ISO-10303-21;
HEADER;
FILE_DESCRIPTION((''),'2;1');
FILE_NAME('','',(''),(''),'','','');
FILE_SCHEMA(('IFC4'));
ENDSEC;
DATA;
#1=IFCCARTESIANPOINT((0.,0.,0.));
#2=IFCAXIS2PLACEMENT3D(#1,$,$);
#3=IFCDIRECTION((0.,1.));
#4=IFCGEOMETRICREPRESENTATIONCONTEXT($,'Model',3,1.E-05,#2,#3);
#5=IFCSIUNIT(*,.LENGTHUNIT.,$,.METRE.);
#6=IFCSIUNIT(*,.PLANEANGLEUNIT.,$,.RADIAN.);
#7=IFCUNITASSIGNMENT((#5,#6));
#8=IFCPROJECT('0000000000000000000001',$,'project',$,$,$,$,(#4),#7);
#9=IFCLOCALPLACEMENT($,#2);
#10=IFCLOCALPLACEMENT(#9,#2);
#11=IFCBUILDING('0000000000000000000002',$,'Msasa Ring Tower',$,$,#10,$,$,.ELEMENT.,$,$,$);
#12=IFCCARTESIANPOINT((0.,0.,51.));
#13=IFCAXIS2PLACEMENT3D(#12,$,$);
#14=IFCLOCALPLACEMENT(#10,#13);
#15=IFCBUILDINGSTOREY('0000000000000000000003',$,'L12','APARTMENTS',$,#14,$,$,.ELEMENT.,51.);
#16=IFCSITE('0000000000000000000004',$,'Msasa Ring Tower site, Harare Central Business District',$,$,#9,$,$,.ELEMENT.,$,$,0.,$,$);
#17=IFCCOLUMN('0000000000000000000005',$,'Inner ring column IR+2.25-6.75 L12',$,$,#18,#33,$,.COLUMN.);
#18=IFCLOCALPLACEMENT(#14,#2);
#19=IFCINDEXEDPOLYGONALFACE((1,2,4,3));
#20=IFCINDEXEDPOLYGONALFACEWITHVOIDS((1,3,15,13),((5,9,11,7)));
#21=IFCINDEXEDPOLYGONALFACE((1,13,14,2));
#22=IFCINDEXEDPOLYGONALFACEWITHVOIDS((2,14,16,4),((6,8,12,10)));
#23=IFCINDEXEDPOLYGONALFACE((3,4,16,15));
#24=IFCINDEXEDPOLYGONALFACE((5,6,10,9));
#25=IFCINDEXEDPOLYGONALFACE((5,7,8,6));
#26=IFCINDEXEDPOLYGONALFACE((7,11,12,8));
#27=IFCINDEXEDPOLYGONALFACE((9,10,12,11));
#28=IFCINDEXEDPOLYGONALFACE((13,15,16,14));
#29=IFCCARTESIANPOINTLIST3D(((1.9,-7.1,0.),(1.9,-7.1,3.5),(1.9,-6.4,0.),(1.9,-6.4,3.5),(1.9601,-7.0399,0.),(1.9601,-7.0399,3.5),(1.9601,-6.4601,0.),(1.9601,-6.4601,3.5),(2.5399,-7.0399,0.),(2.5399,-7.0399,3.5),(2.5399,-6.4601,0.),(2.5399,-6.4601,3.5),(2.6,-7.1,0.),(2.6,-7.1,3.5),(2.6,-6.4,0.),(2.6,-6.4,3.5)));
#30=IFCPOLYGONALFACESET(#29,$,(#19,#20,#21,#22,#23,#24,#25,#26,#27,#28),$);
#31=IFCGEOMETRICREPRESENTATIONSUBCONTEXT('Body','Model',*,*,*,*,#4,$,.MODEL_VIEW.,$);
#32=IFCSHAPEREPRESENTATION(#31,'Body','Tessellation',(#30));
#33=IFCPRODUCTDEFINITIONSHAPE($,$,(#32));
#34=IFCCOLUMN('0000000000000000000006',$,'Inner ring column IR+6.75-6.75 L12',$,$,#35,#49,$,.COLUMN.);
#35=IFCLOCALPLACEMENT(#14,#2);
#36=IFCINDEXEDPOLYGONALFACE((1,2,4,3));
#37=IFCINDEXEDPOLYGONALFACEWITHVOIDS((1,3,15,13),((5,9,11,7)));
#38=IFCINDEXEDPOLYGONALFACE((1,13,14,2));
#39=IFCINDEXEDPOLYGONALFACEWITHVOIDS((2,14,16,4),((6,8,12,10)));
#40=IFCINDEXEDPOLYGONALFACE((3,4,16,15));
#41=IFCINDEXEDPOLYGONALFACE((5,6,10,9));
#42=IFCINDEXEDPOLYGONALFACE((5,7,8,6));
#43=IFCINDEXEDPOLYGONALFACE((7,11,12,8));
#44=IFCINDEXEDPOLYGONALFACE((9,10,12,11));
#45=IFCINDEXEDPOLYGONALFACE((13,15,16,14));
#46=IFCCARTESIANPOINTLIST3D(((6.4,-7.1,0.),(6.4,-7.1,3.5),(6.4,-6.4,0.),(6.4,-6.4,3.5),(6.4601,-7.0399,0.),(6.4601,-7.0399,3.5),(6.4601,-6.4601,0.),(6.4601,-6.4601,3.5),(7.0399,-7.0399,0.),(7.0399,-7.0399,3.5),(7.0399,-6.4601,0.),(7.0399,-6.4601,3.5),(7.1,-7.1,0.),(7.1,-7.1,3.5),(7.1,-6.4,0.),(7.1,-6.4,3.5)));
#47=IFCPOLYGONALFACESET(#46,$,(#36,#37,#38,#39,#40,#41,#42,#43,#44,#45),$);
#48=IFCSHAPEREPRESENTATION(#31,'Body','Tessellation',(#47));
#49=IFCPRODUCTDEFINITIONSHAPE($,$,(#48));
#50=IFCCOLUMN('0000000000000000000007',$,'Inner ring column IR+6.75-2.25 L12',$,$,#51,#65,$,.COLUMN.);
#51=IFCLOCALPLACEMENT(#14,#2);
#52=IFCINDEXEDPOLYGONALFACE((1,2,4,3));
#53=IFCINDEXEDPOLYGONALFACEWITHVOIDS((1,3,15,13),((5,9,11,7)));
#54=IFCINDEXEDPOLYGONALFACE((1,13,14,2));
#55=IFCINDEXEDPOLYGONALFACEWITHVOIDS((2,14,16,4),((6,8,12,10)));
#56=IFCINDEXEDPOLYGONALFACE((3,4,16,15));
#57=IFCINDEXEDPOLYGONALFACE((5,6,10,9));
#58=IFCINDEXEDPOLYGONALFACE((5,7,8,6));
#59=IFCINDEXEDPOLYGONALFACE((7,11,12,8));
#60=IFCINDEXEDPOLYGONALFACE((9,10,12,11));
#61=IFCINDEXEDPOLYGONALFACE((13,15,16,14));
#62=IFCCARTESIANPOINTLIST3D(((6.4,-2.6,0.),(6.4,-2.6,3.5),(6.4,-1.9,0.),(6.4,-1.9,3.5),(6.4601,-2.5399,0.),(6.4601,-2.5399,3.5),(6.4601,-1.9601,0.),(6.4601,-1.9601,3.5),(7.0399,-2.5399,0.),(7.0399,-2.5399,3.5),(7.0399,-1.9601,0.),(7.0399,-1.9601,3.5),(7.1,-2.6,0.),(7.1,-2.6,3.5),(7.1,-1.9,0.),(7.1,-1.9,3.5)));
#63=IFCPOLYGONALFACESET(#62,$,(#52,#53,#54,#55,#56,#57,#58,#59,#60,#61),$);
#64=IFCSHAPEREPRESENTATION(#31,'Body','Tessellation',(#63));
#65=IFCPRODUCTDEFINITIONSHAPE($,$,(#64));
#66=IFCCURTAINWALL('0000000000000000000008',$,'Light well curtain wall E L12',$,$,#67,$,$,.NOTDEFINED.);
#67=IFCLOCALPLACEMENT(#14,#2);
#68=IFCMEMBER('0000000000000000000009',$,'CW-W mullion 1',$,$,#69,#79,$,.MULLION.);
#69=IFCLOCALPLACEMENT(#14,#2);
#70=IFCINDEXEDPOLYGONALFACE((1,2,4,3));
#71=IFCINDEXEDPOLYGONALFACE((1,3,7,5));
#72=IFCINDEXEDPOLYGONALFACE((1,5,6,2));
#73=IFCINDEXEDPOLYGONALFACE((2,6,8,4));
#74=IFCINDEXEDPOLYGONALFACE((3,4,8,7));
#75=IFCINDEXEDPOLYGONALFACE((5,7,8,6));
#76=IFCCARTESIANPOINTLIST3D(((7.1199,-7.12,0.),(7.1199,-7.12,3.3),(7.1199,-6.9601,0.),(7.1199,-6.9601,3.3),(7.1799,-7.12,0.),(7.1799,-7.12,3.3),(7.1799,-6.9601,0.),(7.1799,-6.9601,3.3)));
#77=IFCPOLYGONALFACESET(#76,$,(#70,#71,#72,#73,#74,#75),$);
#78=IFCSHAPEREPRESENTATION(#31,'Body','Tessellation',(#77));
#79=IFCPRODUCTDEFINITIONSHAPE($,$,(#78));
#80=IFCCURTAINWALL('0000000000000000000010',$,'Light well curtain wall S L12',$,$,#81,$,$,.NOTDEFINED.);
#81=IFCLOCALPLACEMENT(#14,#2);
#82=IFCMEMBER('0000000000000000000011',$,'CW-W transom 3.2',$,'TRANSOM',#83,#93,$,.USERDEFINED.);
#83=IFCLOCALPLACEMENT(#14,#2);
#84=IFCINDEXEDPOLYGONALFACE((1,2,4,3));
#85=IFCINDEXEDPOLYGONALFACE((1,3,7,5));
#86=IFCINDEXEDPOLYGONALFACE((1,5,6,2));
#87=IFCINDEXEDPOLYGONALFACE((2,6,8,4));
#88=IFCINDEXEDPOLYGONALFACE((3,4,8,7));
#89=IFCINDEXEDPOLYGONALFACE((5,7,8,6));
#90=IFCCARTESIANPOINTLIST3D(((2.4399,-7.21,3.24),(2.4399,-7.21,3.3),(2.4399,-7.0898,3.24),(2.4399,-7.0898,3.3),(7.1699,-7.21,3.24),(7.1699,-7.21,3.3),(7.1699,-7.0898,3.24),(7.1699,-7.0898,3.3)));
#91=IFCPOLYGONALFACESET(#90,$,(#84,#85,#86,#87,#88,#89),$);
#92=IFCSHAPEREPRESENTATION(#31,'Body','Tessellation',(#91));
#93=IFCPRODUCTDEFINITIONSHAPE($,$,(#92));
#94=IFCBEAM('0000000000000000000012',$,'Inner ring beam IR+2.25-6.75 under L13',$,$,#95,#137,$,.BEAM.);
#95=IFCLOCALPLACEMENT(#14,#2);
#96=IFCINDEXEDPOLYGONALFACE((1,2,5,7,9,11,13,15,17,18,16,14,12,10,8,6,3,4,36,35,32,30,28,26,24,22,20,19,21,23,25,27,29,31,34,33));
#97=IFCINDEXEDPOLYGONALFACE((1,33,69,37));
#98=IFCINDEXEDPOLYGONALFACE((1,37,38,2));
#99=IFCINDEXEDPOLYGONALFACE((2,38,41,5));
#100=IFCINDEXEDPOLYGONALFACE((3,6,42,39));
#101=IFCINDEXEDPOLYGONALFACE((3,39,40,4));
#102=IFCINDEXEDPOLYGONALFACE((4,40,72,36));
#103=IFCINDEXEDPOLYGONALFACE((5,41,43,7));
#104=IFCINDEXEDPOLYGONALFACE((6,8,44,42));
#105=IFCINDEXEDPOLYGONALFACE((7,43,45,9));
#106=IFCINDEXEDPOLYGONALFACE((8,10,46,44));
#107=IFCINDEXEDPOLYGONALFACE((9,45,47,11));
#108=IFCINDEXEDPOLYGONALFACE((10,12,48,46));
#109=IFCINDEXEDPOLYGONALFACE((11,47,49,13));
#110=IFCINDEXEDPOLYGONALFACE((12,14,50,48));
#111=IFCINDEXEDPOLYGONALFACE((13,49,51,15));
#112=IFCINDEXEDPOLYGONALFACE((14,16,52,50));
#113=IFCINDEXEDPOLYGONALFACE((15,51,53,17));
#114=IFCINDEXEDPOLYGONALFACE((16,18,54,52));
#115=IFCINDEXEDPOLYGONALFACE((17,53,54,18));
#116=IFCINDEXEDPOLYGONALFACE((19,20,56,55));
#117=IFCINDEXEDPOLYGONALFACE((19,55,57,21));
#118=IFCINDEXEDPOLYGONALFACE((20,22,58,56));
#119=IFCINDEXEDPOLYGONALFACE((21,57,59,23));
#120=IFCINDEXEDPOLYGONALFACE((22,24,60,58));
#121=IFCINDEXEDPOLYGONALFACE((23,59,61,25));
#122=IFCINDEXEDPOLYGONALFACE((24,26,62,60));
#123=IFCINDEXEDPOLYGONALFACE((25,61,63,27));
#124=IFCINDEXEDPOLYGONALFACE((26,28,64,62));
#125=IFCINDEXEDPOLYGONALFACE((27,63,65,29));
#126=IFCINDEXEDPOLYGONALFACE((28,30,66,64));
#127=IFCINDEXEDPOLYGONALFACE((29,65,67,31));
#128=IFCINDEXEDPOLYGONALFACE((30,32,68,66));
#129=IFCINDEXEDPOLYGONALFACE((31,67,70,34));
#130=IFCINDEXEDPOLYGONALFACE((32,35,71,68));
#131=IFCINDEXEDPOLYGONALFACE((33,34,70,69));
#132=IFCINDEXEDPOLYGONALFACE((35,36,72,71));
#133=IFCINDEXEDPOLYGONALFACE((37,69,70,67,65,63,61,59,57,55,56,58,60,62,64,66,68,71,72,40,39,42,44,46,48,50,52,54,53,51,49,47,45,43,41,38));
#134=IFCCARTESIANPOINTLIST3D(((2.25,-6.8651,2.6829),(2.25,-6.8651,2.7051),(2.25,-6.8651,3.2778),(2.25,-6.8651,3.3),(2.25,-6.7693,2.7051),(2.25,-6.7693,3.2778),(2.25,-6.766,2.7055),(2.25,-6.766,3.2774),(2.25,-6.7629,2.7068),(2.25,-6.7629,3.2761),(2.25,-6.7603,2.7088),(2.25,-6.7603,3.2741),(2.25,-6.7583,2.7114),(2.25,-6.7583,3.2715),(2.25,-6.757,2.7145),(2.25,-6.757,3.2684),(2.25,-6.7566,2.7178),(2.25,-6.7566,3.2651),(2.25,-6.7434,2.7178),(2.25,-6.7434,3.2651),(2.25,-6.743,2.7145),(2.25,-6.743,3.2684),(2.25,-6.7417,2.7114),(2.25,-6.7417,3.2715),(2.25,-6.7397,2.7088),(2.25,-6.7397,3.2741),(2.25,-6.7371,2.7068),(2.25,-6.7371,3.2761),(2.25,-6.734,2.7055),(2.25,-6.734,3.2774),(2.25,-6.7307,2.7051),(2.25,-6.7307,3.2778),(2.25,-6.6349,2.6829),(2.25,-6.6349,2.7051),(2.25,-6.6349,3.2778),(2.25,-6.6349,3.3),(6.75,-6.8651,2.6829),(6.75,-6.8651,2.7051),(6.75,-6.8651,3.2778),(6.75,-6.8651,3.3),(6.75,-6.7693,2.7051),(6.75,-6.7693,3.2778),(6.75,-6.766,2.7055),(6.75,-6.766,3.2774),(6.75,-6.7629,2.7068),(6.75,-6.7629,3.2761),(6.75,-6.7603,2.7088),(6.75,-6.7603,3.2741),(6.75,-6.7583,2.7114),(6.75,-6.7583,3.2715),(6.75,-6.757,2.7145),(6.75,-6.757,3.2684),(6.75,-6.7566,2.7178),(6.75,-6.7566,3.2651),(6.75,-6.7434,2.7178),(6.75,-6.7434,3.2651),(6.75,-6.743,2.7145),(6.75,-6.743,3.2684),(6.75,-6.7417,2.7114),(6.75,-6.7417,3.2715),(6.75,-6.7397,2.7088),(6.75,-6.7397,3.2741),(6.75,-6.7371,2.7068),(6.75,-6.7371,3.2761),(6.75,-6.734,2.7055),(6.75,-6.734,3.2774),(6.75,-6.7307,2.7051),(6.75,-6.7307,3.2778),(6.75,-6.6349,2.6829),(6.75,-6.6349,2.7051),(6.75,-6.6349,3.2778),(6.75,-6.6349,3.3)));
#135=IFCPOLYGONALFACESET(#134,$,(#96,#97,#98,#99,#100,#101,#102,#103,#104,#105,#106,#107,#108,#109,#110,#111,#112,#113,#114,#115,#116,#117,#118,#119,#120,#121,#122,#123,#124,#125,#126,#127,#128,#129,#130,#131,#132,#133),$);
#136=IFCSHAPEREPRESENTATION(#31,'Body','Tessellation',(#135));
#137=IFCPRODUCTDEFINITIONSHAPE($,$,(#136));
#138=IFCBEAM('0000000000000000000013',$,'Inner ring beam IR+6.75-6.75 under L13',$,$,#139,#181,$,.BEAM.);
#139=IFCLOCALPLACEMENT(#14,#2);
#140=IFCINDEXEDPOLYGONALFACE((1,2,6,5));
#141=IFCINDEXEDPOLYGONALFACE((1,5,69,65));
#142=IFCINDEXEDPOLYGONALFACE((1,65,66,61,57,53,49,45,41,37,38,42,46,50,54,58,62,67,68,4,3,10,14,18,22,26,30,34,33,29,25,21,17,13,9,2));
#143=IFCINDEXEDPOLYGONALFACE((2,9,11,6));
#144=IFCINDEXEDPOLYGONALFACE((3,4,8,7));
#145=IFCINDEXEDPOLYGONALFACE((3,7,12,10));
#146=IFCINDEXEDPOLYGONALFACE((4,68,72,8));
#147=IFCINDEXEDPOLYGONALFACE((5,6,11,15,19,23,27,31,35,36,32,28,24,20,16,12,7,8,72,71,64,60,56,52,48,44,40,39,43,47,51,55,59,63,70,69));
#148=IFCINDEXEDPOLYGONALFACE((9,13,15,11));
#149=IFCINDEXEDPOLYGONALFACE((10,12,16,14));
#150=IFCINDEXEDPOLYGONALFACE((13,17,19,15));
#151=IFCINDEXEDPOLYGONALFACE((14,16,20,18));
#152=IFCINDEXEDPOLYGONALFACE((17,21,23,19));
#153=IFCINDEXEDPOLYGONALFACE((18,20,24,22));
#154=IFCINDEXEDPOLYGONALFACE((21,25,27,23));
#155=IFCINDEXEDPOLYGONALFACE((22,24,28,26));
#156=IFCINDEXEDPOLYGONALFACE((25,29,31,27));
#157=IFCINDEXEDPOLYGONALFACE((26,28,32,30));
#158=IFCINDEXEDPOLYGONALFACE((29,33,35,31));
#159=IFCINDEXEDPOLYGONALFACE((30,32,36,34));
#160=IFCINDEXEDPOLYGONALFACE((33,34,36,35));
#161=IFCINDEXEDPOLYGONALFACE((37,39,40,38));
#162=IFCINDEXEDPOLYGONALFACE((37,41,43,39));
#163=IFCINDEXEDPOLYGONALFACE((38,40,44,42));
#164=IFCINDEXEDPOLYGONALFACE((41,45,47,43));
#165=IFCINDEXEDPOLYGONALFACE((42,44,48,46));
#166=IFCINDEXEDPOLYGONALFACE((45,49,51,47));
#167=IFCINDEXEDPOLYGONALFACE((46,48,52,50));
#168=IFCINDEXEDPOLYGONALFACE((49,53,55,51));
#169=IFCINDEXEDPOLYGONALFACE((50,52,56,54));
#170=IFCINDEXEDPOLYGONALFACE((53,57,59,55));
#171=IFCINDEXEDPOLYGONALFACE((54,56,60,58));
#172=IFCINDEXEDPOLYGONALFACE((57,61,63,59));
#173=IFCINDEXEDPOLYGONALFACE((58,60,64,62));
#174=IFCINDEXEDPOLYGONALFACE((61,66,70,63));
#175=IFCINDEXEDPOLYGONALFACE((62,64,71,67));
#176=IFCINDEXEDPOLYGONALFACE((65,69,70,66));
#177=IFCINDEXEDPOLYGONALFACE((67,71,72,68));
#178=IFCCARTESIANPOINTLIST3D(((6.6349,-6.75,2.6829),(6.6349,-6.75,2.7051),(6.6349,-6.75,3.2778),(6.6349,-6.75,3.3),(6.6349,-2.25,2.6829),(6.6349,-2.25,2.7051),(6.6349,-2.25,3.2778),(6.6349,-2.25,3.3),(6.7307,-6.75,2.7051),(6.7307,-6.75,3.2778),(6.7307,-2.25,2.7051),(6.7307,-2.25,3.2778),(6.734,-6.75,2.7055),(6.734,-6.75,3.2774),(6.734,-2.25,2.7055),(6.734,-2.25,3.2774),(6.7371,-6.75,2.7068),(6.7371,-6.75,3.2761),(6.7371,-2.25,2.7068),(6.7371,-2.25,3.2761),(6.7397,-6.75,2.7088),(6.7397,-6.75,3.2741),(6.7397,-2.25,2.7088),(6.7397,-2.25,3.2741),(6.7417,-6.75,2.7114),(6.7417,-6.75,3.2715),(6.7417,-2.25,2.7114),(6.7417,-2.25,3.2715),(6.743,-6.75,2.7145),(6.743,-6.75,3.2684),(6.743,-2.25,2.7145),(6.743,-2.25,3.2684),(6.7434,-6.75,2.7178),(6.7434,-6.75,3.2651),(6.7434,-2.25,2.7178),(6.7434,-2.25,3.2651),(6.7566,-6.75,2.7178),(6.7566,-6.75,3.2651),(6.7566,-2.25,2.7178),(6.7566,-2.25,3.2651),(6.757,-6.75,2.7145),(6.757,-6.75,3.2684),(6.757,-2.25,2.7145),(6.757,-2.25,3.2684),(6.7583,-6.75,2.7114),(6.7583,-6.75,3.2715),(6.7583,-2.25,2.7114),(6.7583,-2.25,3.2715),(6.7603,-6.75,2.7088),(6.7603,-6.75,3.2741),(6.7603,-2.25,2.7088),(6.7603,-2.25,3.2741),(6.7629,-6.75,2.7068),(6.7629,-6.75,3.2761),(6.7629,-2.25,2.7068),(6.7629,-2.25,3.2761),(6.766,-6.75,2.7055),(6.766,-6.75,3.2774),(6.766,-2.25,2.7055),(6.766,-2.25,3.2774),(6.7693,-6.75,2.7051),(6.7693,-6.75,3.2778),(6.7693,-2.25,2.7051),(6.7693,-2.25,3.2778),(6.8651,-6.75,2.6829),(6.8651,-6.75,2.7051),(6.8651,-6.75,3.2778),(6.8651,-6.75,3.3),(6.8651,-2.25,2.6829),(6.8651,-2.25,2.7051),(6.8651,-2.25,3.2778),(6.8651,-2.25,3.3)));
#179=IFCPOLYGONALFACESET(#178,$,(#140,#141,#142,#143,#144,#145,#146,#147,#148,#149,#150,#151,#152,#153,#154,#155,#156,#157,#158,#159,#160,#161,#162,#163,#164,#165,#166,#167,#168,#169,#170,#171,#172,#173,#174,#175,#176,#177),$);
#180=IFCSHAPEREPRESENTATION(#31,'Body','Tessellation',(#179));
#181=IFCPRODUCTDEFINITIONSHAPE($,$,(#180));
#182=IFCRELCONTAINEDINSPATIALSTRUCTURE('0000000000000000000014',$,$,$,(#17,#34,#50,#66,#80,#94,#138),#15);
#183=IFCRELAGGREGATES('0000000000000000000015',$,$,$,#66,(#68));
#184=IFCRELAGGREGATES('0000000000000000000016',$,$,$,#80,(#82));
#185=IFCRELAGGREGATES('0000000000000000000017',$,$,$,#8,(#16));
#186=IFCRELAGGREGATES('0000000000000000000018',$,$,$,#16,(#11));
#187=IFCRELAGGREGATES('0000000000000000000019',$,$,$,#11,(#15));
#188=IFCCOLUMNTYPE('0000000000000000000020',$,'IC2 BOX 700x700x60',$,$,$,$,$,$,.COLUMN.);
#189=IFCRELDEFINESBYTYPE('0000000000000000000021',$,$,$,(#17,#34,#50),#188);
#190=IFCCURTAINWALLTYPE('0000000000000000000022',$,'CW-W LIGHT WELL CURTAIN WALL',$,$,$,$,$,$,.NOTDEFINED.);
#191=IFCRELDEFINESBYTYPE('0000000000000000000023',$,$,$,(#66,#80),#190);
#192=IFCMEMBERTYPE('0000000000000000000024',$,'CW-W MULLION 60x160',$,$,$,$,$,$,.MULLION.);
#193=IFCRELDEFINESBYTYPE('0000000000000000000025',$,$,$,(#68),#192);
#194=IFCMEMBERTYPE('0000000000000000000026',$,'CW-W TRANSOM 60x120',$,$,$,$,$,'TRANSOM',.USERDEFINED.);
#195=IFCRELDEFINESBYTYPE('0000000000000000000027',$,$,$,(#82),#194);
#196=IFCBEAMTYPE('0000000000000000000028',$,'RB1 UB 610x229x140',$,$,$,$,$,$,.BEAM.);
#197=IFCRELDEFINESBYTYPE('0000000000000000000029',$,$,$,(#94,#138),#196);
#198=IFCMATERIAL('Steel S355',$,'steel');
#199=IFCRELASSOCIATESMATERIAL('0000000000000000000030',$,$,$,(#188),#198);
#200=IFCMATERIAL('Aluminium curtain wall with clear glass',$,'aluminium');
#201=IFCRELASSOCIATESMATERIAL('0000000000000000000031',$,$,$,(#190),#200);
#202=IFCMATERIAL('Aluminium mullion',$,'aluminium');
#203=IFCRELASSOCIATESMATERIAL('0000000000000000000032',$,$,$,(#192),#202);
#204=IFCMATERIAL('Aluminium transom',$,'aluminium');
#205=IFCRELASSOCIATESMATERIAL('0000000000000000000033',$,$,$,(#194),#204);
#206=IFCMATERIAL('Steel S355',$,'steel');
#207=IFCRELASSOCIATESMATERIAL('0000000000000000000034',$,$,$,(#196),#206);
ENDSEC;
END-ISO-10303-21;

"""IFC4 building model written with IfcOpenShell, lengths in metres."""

from ifc_helpers import new_model, si_unit, direction, frame, origin, origin_2d, place, context, subcontext, project, spatial, rectangle, hollow_rectangle, i_section, extrude, material, material_profile, profile_set, type_object, element, aggregate, save


model = new_model("IFC4")

# Units and contexts
model_context = context("Model", 3, precision=1e-05, world=origin(), true_north=direction((0.0, 1.0)))
body_context = subcontext(model_context, "Body", "Model", "MODEL_VIEW")
ifc_project = project(units=[si_unit("LENGTHUNIT", "METRE"), si_unit("PLANEANGLEUNIT", "RADIAN")], contexts=[model_context])

# Site, building, storey
site_placement = place(None, origin())
site = spatial("IfcSite", under=ifc_project, at=site_placement, Name="Msasa Ring Tower site, Harare Central Business District", CompositionType="ELEMENT", RefElevation=0.0)
building_placement = place(site_placement, origin())
building = spatial("IfcBuilding", under=site, at=building_placement, Name="Msasa Ring Tower", CompositionType="ELEMENT")
storey_placement = place(building_placement, frame((0.0, 0.0, 51.0)))
storey = spatial("IfcBuildingStorey", under=building, at=storey_placement, Name="L12", Description="APARTMENTS", CompositionType="ELEMENT", Elevation=51.0)

# Columns
ifc_material_1 = material(Name="Steel S355", Category="steel")
ifc_material_profile_1 = material_profile(ifc_material_1, hollow_rectangle(XDim=0.7, YDim=0.7, WallThickness=0.0601, at=origin_2d()), Name="BOX 700x700x60")
ifc_profile_set_1 = profile_set([ifc_material_profile_1], Name="Steel S355")
column_type = type_object("IfcColumnType", Name="IC2 BOX 700x700x60", PredefinedType="COLUMN", material=ifc_profile_set_1)
for number, where, z_axis, x_axis, name in (
    (1, (2.25, -6.75, 0.0), (0.0, 0.0, 1.0), (1.0, 0.0, 0.0), "Inner ring column IR+2.25-6.75 L12"),
    (2, (6.75, -6.75, 0.0), (0.0, 0.0, 1.0), (1.0, 0.0, 0.0), "Inner ring column IR+6.75-6.75 L12"),
    (3, (6.75, -2.25, 0.0), (0.0, 0.0, 1.0), (1.0, 0.0, 0.0), "Inner ring column IR+6.75-2.25 L12"),
):
    element("IfcColumn", number, at=place(storey_placement, frame(where, z_axis=z_axis, x_axis=x_axis)), inside=storey, type_object=column_type, Name=name, PredefinedType="COLUMN", context=body_context, shape_type="SweptSolid", body=[
        extrude(hollow_rectangle(XDim=0.7, YDim=0.7, WallThickness=0.0601, at=origin_2d()), origin(), (0.0, 0.0, 1.0), 3.5),
    ])

# Curtain walls, members
ifc_material_2 = material(Name="Aluminium curtain wall with clear glass", Category="aluminium")
curtain_wall_type = type_object("IfcCurtainWallType", Name="CW-W LIGHT WELL CURTAIN WALL", PredefinedType="NOTDEFINED", material=ifc_material_2)
curtain_wall_1_placement = place(storey_placement, origin())
curtain_wall_1 = element("IfcCurtainWall", 4, at=curtain_wall_1_placement, inside=storey, type_object=curtain_wall_type, Name="Light well curtain wall E L12", PredefinedType="NOTDEFINED")
ifc_material_3 = material(Name="Aluminium mullion", Category="aluminium")
ifc_material_profile_2 = material_profile(ifc_material_3, rectangle(XDim=0.0601, YDim=0.1599, at=origin_2d()), Name="AL 60x160")
ifc_profile_set_2 = profile_set([ifc_material_profile_2], Name="Aluminium mullion")
member_type_1 = type_object("IfcMemberType", Name="CW-W MULLION 60x160", PredefinedType="MULLION", material=ifc_profile_set_2)
member_1_placement = place(storey_placement, frame((7.1499, -7.04, 0.0), z_axis=(0.0, 0.0, 1.0), x_axis=(-1.0, 0.0, 0.0)))
member_1 = element("IfcMember", 5, at=member_1_placement, type_object=member_type_1, Name="CW-W mullion 1", PredefinedType="MULLION", context=body_context, shape_type="SweptSolid", body=[
    extrude(rectangle(XDim=0.0601, YDim=0.1599, at=origin_2d()), origin(), (0.0, 0.0, 1.0), 3.3),
])
aggregate(curtain_wall_1, [member_1])
curtain_wall_2_placement = place(storey_placement, origin())
curtain_wall_2 = element("IfcCurtainWall", 6, at=curtain_wall_2_placement, inside=storey, type_object=curtain_wall_type, Name="Light well curtain wall S L12", PredefinedType="NOTDEFINED")
ifc_material_4 = material(Name="Aluminium transom", Category="aluminium")
ifc_material_profile_3 = material_profile(ifc_material_4, rectangle(XDim=0.1201, YDim=0.0601, at=origin_2d()), Name="AL 60x120")
ifc_profile_set_3 = profile_set([ifc_material_profile_3], Name="Aluminium transom")
member_type_2 = type_object("IfcMemberType", Name="CW-W TRANSOM 60x120", ElementType="TRANSOM", PredefinedType="USERDEFINED", material=ifc_profile_set_3)
member_2_placement = place(storey_placement, frame((2.4399, -7.1499, 3.27), z_axis=(1.0, 0.0, 0.0), x_axis=(0.0, 1.0, 0.0)))
member_2 = element("IfcMember", 7, at=member_2_placement, type_object=member_type_2, Name="CW-W transom 3.2", ObjectType="TRANSOM", PredefinedType="USERDEFINED", context=body_context, shape_type="SweptSolid", body=[
    extrude(rectangle(XDim=0.1201, YDim=0.0601, at=origin_2d()), origin(), (0.0, 0.0, 1.0), 4.73),
])

# Beams
ifc_material_5 = material(Name="Steel S355", Category="steel")
ifc_material_profile_4 = material_profile(ifc_material_5, i_section(OverallWidth=0.2302, OverallDepth=0.6172, WebThickness=0.0132, FlangeThickness=0.0222, FilletRadius=0.0127, at=origin_2d()), Name="UB 610x229x140")
ifc_profile_set_4 = profile_set([ifc_material_profile_4], Name="Steel S355")
beam_type = type_object("IfcBeamType", Name="RB1 UB 610x229x140", PredefinedType="BEAM", material=ifc_profile_set_4)
for number, where, z_axis, x_axis, name in (
    (8, (2.25, -6.75, 2.9915), (1.0, 0.0, 0.0), (0.0, 1.0, 0.0), "Inner ring beam IR+2.25-6.75 under L13"),
    (9, (6.75, -6.75, 2.9915), (0.0, 1.0, 0.0), (-1.0, 0.0, 0.0), "Inner ring beam IR+6.75-6.75 under L13"),
):
    element("IfcBeam", number, at=place(storey_placement, frame(where, z_axis=z_axis, x_axis=x_axis)), inside=storey, type_object=beam_type, Name=name, PredefinedType="BEAM", context=body_context, shape_type="SweptSolid", body=[
        extrude(i_section(OverallWidth=0.2302, OverallDepth=0.6172, WebThickness=0.0132, FlangeThickness=0.0222, FilletRadius=0.0127, at=origin_2d()), origin(), (0.0, 0.0, 1.0), 4.5),
    ])

aggregate(curtain_wall_2, [member_2])

save(model, "model.ifc")
